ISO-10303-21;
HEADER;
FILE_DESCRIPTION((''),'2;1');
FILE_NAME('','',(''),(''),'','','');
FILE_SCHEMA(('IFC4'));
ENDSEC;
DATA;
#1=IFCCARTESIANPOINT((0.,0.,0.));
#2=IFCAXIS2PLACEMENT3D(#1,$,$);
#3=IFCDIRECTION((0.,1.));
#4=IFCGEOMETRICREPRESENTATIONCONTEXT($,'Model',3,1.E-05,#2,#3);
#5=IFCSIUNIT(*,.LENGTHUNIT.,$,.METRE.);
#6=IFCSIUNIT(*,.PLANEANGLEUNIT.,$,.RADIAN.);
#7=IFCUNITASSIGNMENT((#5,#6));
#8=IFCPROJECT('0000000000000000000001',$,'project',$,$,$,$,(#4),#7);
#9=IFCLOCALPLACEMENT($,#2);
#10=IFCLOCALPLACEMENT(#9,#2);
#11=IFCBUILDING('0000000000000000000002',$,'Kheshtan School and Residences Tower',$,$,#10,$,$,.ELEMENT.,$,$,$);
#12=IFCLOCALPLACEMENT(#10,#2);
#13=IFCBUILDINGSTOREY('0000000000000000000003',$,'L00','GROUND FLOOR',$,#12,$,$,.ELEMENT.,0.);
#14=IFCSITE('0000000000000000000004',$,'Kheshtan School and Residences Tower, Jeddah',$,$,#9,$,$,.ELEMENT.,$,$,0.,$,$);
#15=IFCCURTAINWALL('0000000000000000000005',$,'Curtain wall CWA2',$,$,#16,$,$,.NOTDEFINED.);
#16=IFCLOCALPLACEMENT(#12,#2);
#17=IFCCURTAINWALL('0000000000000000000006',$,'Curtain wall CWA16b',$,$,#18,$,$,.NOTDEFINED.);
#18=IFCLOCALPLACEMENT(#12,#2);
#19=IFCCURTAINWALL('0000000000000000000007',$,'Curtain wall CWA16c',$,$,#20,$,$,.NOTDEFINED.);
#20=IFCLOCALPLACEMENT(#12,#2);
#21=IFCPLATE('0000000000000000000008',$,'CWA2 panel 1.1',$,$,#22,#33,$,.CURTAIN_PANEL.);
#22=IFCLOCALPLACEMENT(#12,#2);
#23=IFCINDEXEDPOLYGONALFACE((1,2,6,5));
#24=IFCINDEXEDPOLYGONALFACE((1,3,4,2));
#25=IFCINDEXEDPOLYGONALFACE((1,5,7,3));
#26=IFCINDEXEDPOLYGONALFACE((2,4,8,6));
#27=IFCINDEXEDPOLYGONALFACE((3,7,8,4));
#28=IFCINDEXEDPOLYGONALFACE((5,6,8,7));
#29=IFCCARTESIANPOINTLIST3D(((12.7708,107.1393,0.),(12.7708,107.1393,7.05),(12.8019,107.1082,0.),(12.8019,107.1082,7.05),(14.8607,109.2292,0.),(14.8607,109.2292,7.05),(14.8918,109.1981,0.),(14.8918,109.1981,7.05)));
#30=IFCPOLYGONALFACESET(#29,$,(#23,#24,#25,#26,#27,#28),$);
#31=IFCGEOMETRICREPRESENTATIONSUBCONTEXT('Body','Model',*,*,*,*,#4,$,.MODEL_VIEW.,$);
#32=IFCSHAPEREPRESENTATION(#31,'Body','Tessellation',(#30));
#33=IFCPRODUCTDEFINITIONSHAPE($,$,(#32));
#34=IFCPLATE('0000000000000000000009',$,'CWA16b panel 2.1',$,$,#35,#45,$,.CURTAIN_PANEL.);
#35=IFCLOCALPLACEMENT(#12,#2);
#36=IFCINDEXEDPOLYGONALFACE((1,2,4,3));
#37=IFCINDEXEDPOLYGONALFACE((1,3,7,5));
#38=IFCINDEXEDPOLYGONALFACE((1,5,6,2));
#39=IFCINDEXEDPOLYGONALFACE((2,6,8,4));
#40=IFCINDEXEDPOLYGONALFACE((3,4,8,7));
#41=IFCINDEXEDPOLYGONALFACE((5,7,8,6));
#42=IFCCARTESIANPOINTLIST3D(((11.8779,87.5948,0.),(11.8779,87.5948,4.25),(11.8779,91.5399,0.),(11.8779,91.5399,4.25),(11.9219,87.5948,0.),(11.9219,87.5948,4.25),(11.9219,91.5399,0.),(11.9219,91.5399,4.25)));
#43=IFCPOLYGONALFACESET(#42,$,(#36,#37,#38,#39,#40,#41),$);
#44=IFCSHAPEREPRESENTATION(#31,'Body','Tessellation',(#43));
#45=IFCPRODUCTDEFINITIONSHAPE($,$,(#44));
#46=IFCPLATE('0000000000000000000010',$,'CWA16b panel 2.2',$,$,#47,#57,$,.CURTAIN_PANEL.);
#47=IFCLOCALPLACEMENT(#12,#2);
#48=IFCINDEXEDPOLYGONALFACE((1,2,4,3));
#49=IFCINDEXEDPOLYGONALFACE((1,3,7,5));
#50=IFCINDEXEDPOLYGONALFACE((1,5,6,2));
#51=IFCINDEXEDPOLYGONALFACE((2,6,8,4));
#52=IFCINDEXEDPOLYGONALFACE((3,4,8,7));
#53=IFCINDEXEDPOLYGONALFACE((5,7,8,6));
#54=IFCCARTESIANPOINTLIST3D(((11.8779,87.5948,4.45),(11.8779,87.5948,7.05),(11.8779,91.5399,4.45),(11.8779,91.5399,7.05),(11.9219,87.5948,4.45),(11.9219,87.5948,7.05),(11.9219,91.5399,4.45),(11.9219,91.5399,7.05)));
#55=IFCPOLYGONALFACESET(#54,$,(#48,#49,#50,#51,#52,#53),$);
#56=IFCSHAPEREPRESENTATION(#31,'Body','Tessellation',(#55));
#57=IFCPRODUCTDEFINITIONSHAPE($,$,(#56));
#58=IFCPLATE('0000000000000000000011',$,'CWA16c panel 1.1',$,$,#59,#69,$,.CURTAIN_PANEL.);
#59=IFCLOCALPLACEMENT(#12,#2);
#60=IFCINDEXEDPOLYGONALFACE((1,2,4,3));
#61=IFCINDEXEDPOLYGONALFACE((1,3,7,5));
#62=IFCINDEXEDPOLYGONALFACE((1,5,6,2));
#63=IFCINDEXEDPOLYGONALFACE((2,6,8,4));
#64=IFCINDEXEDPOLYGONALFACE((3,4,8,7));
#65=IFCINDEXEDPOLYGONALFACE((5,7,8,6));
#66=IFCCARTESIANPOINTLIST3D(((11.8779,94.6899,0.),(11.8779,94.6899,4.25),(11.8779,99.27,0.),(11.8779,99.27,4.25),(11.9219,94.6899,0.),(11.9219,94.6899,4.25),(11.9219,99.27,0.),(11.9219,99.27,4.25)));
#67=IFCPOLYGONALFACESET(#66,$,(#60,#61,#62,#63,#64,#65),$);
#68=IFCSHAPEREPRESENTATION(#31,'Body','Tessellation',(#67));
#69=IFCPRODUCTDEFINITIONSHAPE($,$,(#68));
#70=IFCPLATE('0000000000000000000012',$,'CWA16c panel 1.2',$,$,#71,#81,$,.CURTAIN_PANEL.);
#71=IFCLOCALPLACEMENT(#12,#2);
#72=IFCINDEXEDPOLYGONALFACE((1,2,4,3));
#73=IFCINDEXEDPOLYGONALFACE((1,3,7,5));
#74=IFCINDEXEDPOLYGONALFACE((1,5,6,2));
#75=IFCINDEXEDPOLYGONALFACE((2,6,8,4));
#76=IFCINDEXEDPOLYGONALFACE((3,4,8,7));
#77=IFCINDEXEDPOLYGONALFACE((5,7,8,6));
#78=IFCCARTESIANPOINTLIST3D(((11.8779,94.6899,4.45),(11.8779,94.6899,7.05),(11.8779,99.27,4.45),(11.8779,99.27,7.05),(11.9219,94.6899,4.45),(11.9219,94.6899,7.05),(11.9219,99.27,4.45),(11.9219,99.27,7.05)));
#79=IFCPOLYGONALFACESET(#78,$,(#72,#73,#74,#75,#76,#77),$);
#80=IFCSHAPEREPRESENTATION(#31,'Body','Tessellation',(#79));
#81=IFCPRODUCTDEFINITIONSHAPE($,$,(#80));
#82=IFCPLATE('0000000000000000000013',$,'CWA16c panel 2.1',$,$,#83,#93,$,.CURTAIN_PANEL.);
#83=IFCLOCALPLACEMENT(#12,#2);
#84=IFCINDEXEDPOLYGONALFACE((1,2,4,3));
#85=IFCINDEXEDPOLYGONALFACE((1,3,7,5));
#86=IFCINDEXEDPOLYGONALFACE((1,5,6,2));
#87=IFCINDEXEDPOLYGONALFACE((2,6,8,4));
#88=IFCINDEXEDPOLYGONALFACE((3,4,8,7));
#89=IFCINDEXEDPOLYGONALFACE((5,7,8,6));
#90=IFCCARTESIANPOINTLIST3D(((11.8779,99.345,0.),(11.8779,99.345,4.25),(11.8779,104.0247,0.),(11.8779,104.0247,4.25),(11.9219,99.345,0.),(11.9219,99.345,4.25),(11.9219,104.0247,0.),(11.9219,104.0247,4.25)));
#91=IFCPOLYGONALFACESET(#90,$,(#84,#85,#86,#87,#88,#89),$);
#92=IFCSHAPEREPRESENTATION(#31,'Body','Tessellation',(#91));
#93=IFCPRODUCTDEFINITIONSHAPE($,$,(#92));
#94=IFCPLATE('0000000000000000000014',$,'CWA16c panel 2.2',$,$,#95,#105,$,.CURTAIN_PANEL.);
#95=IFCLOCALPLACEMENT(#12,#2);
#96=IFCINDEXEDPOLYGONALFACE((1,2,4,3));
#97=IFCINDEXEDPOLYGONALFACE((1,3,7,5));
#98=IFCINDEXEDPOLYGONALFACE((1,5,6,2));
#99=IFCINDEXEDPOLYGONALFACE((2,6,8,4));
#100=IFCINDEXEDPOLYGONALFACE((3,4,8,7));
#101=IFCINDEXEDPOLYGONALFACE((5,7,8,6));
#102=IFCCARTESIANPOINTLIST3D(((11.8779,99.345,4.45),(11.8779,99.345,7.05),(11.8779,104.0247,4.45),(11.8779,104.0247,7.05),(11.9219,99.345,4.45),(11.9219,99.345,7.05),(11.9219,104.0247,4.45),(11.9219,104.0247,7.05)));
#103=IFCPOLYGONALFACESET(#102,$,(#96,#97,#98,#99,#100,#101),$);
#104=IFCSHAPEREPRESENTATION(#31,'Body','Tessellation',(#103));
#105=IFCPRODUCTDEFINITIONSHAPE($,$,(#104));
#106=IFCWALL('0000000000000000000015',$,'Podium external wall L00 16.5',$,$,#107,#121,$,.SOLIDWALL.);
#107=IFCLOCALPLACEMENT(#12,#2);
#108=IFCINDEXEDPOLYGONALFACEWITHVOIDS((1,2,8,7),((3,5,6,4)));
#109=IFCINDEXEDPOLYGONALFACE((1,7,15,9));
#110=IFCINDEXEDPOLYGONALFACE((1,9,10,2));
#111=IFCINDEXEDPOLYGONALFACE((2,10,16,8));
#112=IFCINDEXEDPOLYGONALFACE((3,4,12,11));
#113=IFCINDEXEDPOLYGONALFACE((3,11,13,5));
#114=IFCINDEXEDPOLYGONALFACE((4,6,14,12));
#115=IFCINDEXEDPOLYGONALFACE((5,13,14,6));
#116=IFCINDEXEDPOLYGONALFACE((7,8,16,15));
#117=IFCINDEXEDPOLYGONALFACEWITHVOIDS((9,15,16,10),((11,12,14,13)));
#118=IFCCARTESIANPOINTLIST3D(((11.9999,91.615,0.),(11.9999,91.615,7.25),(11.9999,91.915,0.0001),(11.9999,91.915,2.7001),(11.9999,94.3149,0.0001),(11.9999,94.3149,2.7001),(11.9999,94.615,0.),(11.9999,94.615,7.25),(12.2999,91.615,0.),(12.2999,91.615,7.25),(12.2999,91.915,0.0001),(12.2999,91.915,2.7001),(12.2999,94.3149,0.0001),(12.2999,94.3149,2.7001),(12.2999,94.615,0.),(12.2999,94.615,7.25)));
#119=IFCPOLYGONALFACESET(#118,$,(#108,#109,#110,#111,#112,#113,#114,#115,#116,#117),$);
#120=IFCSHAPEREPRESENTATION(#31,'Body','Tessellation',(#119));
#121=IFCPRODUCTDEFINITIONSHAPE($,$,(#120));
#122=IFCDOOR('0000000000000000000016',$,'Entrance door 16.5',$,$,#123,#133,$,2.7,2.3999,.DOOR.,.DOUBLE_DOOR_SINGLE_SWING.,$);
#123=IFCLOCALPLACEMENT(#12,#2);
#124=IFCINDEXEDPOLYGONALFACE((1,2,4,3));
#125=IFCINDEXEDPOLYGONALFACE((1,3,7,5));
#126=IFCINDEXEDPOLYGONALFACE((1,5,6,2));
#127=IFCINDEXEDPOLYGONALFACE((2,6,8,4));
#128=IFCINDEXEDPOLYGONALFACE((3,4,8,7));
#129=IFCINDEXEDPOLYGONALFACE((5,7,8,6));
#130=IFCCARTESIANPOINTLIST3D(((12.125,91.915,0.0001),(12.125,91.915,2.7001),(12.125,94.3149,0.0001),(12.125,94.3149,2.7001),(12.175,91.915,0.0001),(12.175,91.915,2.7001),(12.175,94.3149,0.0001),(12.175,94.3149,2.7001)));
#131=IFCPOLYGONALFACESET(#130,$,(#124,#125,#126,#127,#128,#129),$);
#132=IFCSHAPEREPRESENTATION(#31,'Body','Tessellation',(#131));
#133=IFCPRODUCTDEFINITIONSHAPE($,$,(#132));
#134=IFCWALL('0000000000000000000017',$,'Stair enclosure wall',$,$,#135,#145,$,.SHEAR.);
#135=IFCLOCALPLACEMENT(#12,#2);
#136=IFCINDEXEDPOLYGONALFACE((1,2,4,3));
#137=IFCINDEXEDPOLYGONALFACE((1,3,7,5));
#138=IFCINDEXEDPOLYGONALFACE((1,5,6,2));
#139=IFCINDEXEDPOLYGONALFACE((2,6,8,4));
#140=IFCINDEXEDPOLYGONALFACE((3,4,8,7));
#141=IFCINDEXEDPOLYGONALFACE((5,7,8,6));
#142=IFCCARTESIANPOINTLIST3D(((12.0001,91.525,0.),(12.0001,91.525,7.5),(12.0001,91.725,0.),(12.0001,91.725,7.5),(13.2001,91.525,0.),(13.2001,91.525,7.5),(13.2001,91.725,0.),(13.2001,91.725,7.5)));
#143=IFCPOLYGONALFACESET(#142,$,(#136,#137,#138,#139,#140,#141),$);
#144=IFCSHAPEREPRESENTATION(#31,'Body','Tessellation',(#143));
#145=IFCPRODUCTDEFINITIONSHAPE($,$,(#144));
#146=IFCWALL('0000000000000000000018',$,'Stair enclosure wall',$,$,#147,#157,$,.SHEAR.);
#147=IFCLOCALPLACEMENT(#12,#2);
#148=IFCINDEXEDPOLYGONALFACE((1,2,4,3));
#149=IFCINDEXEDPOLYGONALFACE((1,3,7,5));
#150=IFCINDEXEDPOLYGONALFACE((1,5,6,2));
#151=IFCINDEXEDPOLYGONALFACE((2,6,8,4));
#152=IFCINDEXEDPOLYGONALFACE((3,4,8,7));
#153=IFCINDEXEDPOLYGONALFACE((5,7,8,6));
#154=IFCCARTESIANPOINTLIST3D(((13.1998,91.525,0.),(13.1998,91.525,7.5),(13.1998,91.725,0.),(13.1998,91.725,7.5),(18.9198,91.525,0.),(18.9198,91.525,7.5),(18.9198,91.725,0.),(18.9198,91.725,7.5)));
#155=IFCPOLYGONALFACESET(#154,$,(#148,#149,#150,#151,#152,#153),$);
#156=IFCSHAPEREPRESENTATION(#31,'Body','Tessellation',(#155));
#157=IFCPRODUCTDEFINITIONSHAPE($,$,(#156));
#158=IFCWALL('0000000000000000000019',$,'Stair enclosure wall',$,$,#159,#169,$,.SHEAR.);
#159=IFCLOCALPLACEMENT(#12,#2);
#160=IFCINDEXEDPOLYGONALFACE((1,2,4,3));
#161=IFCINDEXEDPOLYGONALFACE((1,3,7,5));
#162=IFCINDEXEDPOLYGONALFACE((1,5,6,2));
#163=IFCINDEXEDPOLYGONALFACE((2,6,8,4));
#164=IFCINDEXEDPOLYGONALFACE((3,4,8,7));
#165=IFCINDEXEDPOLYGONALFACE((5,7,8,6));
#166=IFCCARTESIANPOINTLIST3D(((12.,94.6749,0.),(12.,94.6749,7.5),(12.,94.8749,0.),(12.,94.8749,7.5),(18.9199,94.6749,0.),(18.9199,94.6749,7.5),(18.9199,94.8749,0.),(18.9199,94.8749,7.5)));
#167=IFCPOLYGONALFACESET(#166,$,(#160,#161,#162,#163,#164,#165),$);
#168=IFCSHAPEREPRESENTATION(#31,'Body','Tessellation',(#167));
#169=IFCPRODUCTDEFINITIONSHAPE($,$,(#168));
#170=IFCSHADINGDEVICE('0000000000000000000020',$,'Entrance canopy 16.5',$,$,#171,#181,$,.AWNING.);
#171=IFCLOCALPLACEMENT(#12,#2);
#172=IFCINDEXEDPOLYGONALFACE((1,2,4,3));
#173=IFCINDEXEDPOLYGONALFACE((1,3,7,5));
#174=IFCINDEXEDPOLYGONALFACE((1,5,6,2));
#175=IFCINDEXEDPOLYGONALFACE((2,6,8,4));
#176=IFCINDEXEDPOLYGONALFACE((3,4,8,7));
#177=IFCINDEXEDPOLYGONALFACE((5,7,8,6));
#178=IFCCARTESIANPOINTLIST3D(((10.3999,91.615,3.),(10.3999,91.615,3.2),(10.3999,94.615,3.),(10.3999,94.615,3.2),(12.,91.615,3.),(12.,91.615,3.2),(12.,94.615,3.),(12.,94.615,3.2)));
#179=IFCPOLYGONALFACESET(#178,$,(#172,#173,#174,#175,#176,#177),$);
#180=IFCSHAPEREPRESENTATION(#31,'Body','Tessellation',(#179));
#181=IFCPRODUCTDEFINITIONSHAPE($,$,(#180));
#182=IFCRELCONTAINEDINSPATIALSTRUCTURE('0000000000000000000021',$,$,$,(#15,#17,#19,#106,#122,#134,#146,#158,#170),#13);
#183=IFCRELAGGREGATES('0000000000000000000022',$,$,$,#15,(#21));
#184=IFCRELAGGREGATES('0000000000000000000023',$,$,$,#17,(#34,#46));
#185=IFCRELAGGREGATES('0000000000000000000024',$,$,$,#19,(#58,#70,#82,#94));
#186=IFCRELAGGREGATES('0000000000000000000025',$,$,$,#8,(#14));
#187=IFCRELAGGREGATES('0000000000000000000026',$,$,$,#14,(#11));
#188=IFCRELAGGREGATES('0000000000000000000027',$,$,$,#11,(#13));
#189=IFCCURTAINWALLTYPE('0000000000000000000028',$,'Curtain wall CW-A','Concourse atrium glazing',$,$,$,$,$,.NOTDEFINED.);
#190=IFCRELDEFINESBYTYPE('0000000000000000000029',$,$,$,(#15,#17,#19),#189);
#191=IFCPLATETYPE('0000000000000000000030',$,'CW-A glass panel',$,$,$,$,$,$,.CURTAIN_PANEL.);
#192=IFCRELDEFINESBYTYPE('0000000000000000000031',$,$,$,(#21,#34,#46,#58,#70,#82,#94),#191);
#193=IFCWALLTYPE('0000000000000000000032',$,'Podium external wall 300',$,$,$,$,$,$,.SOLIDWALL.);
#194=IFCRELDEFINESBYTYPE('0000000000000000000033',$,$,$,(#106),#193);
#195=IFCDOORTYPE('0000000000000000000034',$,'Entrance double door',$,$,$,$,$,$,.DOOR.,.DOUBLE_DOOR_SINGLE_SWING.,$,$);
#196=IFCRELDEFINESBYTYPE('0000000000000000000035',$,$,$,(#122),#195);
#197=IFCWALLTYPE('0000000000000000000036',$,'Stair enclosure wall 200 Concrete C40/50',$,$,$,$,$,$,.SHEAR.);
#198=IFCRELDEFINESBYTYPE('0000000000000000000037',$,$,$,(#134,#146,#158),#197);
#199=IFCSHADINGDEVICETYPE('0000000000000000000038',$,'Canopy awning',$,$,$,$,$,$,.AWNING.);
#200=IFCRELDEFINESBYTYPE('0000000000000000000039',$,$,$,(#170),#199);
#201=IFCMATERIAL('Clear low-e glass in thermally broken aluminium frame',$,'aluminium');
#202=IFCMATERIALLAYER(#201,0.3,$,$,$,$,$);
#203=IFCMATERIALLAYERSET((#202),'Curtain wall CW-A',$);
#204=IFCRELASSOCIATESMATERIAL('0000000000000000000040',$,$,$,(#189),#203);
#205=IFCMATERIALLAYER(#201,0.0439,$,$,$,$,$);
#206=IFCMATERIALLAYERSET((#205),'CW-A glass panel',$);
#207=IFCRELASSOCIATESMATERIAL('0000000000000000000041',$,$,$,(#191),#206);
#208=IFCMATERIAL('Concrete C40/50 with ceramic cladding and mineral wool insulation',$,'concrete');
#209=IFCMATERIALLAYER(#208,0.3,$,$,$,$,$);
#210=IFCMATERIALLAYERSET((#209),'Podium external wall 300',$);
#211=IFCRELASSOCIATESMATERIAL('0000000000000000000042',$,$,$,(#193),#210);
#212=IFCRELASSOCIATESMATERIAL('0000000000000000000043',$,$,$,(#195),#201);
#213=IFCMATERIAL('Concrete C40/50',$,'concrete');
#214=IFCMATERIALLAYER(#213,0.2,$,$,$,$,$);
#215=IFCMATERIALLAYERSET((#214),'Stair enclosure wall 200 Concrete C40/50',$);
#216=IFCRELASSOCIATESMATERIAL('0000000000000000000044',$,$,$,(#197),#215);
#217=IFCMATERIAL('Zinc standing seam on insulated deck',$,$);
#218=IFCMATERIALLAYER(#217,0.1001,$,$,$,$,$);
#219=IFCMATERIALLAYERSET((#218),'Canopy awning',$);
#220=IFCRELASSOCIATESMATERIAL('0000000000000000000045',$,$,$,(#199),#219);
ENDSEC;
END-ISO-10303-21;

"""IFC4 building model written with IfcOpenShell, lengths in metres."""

from ifc_helpers import new_model, si_unit, direction, frame, frame_2d, origin, origin_2d, place, context, subcontext, project, spatial, rectangle, extrude, source, transform, mapped, material, layer, layer_set, type_object, element, fill, aggregate, save


model = new_model("IFC4")

# Units and contexts
model_context = context("Model", 3, precision=1e-05, world=origin(), true_north=direction((0.0, 1.0)))
body_context = subcontext(model_context, "Body", "Model", "MODEL_VIEW")
ifc_project = project(units=[si_unit("LENGTHUNIT", "METRE"), si_unit("PLANEANGLEUNIT", "RADIAN")], contexts=[model_context])

# Site, building, storey
site_placement = place(None, origin())
site = spatial("IfcSite", under=ifc_project, at=site_placement, Name="Kheshtan School and Residences Tower, Jeddah", CompositionType="ELEMENT", RefElevation=0.0)
building_placement = place(site_placement, origin())
building = spatial("IfcBuilding", under=site, at=building_placement, Name="Kheshtan School and Residences Tower", CompositionType="ELEMENT")
storey_placement = place(building_placement, origin())
storey = spatial("IfcBuildingStorey", under=building, at=storey_placement, Name="L00", Description="GROUND FLOOR", CompositionType="ELEMENT", Elevation=0.0)

# Curtain wall
ifc_material_1 = material(Name="Clear low-e glass in thermally broken aluminium frame", Category="aluminium")
ifc_layer_1 = layer(ifc_material_1, 0.3)
ifc_layer_set_1 = layer_set([ifc_layer_1], Name="Curtain wall CW-A")
curtain_wall_type = type_object("IfcCurtainWallType", Name="Curtain wall CW-A", Description="Concourse atrium glazing", PredefinedType="NOTDEFINED", material=ifc_layer_set_1)
curtain_wall_1_placement = place(storey_placement, origin())
curtain_wall_1 = element("IfcCurtainWall", 1, at=curtain_wall_1_placement, inside=storey, type_object=curtain_wall_type, Name="Curtain wall CWA2", PredefinedType="NOTDEFINED")

# Curtain wall
curtain_wall_2_placement = place(storey_placement, origin())
curtain_wall_2 = element("IfcCurtainWall", 2, at=curtain_wall_2_placement, inside=storey, type_object=curtain_wall_type, Name="Curtain wall CWA16b", PredefinedType="NOTDEFINED")

# Curtain wall
curtain_wall_3_placement = place(storey_placement, origin())
curtain_wall_3 = element("IfcCurtainWall", 3, at=curtain_wall_3_placement, inside=storey, type_object=curtain_wall_type, Name="Curtain wall CWA16c", PredefinedType="NOTDEFINED")

# Plates
ifc_layer_2 = layer(ifc_material_1, 0.0439)
ifc_layer_set_2 = layer_set([ifc_layer_2], Name="CW-A glass panel")
plate_type = type_object("IfcPlateType", Name="CW-A glass panel", PredefinedType="CURTAIN_PANEL", material=ifc_layer_set_2)
plate_1_placement = place(storey_placement, frame((13.8313, 108.1687, 0.0), z_axis=(0.0, 0.0, 1.0), x_axis=(0.707107, 0.707107, 0.0)))
plate_1 = element("IfcPlate", 4, at=plate_1_placement, type_object=plate_type, Name="CWA2 panel 1.1", PredefinedType="CURTAIN_PANEL", context=body_context, shape_type="SweptSolid", body=[
    extrude(rectangle(XDim=2.9556, YDim=0.0439, at=origin_2d()), origin(), (0.0, 0.0, 1.0), 7.05),
])
aggregate(curtain_wall_1, [plate_1])
plate_2_placement = place(storey_placement, frame((11.8999, 89.5674, 0.0), z_axis=(0.0, 0.0, 1.0), x_axis=(0.0, 1.0, 0.0)))
plate_2 = element("IfcPlate", 5, at=plate_2_placement, type_object=plate_type, Name="CWA16b panel 2.1", PredefinedType="CURTAIN_PANEL", context=body_context, shape_type="SweptSolid", body=[
    extrude(rectangle(XDim=3.9451, YDim=0.0439, at=origin_2d()), origin(), (0.0, 0.0, 1.0), 4.25),
])
plate_3_placement = place(storey_placement, frame((11.8999, 89.5674, 4.45), z_axis=(0.0, 0.0, 1.0), x_axis=(0.0, 1.0, 0.0)))
plate_3 = element("IfcPlate", 6, at=plate_3_placement, type_object=plate_type, Name="CWA16b panel 2.2", PredefinedType="CURTAIN_PANEL", context=body_context, shape_type="SweptSolid", body=[
    extrude(rectangle(XDim=3.9451, YDim=0.0439, at=origin_2d()), origin(), (0.0, 0.0, 1.0), 2.6001),
])
aggregate(curtain_wall_2, [plate_2, plate_3])
plate_4_placement = place(storey_placement, frame((11.8999, 96.98, 0.0), z_axis=(0.0, 0.0, 1.0), x_axis=(0.0, 1.0, 0.0)))
plate_4 = element("IfcPlate", 7, at=plate_4_placement, type_object=plate_type, Name="CWA16c panel 1.1", PredefinedType="CURTAIN_PANEL", context=body_context, shape_type="SweptSolid", body=[
    extrude(rectangle(XDim=4.5801, YDim=0.0439, at=origin_2d()), origin(), (0.0, 0.0, 1.0), 4.25),
])
plate_5_placement = place(storey_placement, frame((11.8999, 96.98, 4.45), z_axis=(0.0, 0.0, 1.0), x_axis=(0.0, 1.0, 0.0)))
plate_5 = element("IfcPlate", 8, at=plate_5_placement, type_object=plate_type, Name="CWA16c panel 1.2", PredefinedType="CURTAIN_PANEL", context=body_context, shape_type="SweptSolid", body=[
    extrude(rectangle(XDim=4.5801, YDim=0.0439, at=origin_2d()), origin(), (0.0, 0.0, 1.0), 2.6001),
])
plate_6_placement = place(storey_placement, frame((11.8999, 101.6848, 0.0), z_axis=(0.0, 0.0, 1.0), x_axis=(0.0, 1.0, 0.0)))
plate_6 = element("IfcPlate", 9, at=plate_6_placement, type_object=plate_type, Name="CWA16c panel 2.1", PredefinedType="CURTAIN_PANEL", context=body_context, shape_type="SweptSolid", body=[
    extrude(rectangle(XDim=4.6797, YDim=0.0439, at=origin_2d()), origin(), (0.0, 0.0, 1.0), 4.25),
])
plate_7_placement = place(storey_placement, frame((11.8999, 101.6848, 4.45), z_axis=(0.0, 0.0, 1.0), x_axis=(0.0, 1.0, 0.0)))
plate_7 = element("IfcPlate", 10, at=plate_7_placement, type_object=plate_type, Name="CWA16c panel 2.2", PredefinedType="CURTAIN_PANEL", context=body_context, shape_type="SweptSolid", body=[
    extrude(rectangle(XDim=4.6797, YDim=0.0439, at=origin_2d()), origin(), (0.0, 0.0, 1.0), 2.6001),
])
aggregate(curtain_wall_3, [plate_4, plate_5, plate_6, plate_7])

# Wall, opening, door
ifc_material_2 = material(Name="Concrete C40/50 with ceramic cladding and mineral wool insulation", Category="concrete")
ifc_layer_3 = layer(ifc_material_2, 0.3)
ifc_layer_set_3 = layer_set([ifc_layer_3], Name="Podium external wall 300")
wall_type_1 = type_object("IfcWallType", Name="Podium external wall 300", PredefinedType="SOLIDWALL", material=ifc_layer_set_3)
wall_1_placement = place(storey_placement, frame((12.1499, 91.615, 0.0), z_axis=(0.0, 0.0, 1.0), x_axis=(0.0, 1.0, 0.0)))
wall_1 = element("IfcWall", 11, at=wall_1_placement, inside=storey, type_object=wall_type_1, Name="Podium external wall L00 16.5", PredefinedType="SOLIDWALL", context=body_context, shape_type="SweptSolid", body=[
    extrude(rectangle(XDim=3.0, YDim=0.3, at=frame_2d((1.5, 0.0))), origin(), (0.0, 0.0, 1.0), 7.25),
])
opening_placement = place(wall_1_placement, frame((0.3, 0.0, 0.0)))
opening = element("IfcOpeningElement", 12, at=opening_placement, cuts=wall_1, PredefinedType="OPENING", context=body_context, shape_type="SweptSolid", body=[
    extrude(rectangle(XDim=2.3999, YDim=2.7, at=frame_2d((1.2, 1.3501))), frame((0.0, 0.1602, 0.0), z_axis=(0.0, -1.0, 0.0), x_axis=(1.0, 0.0, 0.0)), (0.0, 0.0, 1.0), 0.3201),
])
door_type = type_object("IfcDoorType", Name="Entrance double door", OperationType="DOUBLE_DOOR_SINGLE_SWING", PredefinedType="DOOR", material=ifc_material_1)
shared_shape = source(origin(), body_context, "Body", "SweptSolid", [
    extrude(rectangle(XDim=2.3999, YDim=2.7, at=frame_2d((1.2, 1.3501))), frame((0.0, 0.0249, 0.0), z_axis=(0.0, -1.0, 0.0), x_axis=(1.0, 0.0, 0.0)), (0.0, 0.0, 1.0), 0.05),
])
door_placement = place(opening_placement, origin())
door = element("IfcDoor", 13, at=door_placement, inside=storey, type_object=door_type, Name="Entrance door 16.5", OperationType="DOUBLE_DOOR_SINGLE_SWING", OverallHeight=2.7, OverallWidth=2.3999, PredefinedType="DOOR", context=body_context, shape_type="MappedRepresentation", body=[
    mapped(shared_shape, transform((0.0, 0.0, 0.0), x_axis=(1.0, 0.0, 0.0), y_axis=(0.0, 1.0, 0.0), z_axis=(0.0, 0.0, 1.0), scale=1.0)),
])
fill(opening, door)

# Walls
ifc_material_3 = material(Name="Concrete C40/50", Category="concrete")
ifc_layer_4 = layer(ifc_material_3, 0.2)
ifc_layer_set_4 = layer_set([ifc_layer_4], Name="Stair enclosure wall 200 Concrete C40/50")
wall_type_2 = type_object("IfcWallType", Name="Stair enclosure wall 200 Concrete C40/50", PredefinedType="SHEAR", material=ifc_layer_set_4)
wall_2_placement = place(storey_placement, frame((12.0, 91.625, 0.0), z_axis=(0.0, 0.0, 1.0), x_axis=(1.0, 0.0, 0.0)))
element("IfcWall", 14, at=wall_2_placement, inside=storey, type_object=wall_type_2, Name="Stair enclosure wall", PredefinedType="SHEAR", context=body_context, shape_type="SweptSolid", body=[
    extrude(rectangle(XDim=1.2, YDim=0.2, at=frame_2d((0.6001, 0.0))), origin(), (0.0, 0.0, 1.0), 7.5),
])
wall_3_placement = place(storey_placement, frame((13.2, 91.625, 0.0), z_axis=(0.0, 0.0, 1.0), x_axis=(1.0, 0.0, 0.0)))
element("IfcWall", 15, at=wall_3_placement, inside=storey, type_object=wall_type_2, Name="Stair enclosure wall", PredefinedType="SHEAR", context=body_context, shape_type="SweptSolid", body=[
    extrude(rectangle(XDim=5.72, YDim=0.2, at=frame_2d((2.8599, 0.0))), origin(), (0.0, 0.0, 1.0), 7.5),
])
wall_4_placement = place(storey_placement, frame((12.0, 94.7749, 0.0), z_axis=(0.0, 0.0, 1.0), x_axis=(1.0, 0.0, 0.0)))
element("IfcWall", 16, at=wall_4_placement, inside=storey, type_object=wall_type_2, Name="Stair enclosure wall", PredefinedType="SHEAR", context=body_context, shape_type="SweptSolid", body=[
    extrude(rectangle(XDim=6.9199, YDim=0.2, at=frame_2d((3.46, 0.0))), origin(), (0.0, 0.0, 1.0), 7.5),
])

# Shading device
ifc_material_4 = material(Name="Zinc standing seam on insulated deck")
ifc_layer_5 = layer(ifc_material_4, 0.1001)
ifc_layer_set_5 = layer_set([ifc_layer_5], Name="Canopy awning")
shading_device_type = type_object("IfcShadingDeviceType", Name="Canopy awning", PredefinedType="AWNING", material=ifc_layer_set_5)
shading_device_placement = place(storey_placement, frame((11.2, 93.115, 3.0), z_axis=(0.0, 0.0, 1.0), x_axis=(0.0, 1.0, 0.0)))
element("IfcShadingDevice", 17, at=shading_device_placement, inside=storey, type_object=shading_device_type, Name="Entrance canopy 16.5", PredefinedType="AWNING", context=body_context, shape_type="SweptSolid", body=[
    extrude(rectangle(XDim=3.0, YDim=1.6001, at=origin_2d()), origin(), (0.0, 0.0, 1.0), 0.2),
])

save(model, "model.ifc")
